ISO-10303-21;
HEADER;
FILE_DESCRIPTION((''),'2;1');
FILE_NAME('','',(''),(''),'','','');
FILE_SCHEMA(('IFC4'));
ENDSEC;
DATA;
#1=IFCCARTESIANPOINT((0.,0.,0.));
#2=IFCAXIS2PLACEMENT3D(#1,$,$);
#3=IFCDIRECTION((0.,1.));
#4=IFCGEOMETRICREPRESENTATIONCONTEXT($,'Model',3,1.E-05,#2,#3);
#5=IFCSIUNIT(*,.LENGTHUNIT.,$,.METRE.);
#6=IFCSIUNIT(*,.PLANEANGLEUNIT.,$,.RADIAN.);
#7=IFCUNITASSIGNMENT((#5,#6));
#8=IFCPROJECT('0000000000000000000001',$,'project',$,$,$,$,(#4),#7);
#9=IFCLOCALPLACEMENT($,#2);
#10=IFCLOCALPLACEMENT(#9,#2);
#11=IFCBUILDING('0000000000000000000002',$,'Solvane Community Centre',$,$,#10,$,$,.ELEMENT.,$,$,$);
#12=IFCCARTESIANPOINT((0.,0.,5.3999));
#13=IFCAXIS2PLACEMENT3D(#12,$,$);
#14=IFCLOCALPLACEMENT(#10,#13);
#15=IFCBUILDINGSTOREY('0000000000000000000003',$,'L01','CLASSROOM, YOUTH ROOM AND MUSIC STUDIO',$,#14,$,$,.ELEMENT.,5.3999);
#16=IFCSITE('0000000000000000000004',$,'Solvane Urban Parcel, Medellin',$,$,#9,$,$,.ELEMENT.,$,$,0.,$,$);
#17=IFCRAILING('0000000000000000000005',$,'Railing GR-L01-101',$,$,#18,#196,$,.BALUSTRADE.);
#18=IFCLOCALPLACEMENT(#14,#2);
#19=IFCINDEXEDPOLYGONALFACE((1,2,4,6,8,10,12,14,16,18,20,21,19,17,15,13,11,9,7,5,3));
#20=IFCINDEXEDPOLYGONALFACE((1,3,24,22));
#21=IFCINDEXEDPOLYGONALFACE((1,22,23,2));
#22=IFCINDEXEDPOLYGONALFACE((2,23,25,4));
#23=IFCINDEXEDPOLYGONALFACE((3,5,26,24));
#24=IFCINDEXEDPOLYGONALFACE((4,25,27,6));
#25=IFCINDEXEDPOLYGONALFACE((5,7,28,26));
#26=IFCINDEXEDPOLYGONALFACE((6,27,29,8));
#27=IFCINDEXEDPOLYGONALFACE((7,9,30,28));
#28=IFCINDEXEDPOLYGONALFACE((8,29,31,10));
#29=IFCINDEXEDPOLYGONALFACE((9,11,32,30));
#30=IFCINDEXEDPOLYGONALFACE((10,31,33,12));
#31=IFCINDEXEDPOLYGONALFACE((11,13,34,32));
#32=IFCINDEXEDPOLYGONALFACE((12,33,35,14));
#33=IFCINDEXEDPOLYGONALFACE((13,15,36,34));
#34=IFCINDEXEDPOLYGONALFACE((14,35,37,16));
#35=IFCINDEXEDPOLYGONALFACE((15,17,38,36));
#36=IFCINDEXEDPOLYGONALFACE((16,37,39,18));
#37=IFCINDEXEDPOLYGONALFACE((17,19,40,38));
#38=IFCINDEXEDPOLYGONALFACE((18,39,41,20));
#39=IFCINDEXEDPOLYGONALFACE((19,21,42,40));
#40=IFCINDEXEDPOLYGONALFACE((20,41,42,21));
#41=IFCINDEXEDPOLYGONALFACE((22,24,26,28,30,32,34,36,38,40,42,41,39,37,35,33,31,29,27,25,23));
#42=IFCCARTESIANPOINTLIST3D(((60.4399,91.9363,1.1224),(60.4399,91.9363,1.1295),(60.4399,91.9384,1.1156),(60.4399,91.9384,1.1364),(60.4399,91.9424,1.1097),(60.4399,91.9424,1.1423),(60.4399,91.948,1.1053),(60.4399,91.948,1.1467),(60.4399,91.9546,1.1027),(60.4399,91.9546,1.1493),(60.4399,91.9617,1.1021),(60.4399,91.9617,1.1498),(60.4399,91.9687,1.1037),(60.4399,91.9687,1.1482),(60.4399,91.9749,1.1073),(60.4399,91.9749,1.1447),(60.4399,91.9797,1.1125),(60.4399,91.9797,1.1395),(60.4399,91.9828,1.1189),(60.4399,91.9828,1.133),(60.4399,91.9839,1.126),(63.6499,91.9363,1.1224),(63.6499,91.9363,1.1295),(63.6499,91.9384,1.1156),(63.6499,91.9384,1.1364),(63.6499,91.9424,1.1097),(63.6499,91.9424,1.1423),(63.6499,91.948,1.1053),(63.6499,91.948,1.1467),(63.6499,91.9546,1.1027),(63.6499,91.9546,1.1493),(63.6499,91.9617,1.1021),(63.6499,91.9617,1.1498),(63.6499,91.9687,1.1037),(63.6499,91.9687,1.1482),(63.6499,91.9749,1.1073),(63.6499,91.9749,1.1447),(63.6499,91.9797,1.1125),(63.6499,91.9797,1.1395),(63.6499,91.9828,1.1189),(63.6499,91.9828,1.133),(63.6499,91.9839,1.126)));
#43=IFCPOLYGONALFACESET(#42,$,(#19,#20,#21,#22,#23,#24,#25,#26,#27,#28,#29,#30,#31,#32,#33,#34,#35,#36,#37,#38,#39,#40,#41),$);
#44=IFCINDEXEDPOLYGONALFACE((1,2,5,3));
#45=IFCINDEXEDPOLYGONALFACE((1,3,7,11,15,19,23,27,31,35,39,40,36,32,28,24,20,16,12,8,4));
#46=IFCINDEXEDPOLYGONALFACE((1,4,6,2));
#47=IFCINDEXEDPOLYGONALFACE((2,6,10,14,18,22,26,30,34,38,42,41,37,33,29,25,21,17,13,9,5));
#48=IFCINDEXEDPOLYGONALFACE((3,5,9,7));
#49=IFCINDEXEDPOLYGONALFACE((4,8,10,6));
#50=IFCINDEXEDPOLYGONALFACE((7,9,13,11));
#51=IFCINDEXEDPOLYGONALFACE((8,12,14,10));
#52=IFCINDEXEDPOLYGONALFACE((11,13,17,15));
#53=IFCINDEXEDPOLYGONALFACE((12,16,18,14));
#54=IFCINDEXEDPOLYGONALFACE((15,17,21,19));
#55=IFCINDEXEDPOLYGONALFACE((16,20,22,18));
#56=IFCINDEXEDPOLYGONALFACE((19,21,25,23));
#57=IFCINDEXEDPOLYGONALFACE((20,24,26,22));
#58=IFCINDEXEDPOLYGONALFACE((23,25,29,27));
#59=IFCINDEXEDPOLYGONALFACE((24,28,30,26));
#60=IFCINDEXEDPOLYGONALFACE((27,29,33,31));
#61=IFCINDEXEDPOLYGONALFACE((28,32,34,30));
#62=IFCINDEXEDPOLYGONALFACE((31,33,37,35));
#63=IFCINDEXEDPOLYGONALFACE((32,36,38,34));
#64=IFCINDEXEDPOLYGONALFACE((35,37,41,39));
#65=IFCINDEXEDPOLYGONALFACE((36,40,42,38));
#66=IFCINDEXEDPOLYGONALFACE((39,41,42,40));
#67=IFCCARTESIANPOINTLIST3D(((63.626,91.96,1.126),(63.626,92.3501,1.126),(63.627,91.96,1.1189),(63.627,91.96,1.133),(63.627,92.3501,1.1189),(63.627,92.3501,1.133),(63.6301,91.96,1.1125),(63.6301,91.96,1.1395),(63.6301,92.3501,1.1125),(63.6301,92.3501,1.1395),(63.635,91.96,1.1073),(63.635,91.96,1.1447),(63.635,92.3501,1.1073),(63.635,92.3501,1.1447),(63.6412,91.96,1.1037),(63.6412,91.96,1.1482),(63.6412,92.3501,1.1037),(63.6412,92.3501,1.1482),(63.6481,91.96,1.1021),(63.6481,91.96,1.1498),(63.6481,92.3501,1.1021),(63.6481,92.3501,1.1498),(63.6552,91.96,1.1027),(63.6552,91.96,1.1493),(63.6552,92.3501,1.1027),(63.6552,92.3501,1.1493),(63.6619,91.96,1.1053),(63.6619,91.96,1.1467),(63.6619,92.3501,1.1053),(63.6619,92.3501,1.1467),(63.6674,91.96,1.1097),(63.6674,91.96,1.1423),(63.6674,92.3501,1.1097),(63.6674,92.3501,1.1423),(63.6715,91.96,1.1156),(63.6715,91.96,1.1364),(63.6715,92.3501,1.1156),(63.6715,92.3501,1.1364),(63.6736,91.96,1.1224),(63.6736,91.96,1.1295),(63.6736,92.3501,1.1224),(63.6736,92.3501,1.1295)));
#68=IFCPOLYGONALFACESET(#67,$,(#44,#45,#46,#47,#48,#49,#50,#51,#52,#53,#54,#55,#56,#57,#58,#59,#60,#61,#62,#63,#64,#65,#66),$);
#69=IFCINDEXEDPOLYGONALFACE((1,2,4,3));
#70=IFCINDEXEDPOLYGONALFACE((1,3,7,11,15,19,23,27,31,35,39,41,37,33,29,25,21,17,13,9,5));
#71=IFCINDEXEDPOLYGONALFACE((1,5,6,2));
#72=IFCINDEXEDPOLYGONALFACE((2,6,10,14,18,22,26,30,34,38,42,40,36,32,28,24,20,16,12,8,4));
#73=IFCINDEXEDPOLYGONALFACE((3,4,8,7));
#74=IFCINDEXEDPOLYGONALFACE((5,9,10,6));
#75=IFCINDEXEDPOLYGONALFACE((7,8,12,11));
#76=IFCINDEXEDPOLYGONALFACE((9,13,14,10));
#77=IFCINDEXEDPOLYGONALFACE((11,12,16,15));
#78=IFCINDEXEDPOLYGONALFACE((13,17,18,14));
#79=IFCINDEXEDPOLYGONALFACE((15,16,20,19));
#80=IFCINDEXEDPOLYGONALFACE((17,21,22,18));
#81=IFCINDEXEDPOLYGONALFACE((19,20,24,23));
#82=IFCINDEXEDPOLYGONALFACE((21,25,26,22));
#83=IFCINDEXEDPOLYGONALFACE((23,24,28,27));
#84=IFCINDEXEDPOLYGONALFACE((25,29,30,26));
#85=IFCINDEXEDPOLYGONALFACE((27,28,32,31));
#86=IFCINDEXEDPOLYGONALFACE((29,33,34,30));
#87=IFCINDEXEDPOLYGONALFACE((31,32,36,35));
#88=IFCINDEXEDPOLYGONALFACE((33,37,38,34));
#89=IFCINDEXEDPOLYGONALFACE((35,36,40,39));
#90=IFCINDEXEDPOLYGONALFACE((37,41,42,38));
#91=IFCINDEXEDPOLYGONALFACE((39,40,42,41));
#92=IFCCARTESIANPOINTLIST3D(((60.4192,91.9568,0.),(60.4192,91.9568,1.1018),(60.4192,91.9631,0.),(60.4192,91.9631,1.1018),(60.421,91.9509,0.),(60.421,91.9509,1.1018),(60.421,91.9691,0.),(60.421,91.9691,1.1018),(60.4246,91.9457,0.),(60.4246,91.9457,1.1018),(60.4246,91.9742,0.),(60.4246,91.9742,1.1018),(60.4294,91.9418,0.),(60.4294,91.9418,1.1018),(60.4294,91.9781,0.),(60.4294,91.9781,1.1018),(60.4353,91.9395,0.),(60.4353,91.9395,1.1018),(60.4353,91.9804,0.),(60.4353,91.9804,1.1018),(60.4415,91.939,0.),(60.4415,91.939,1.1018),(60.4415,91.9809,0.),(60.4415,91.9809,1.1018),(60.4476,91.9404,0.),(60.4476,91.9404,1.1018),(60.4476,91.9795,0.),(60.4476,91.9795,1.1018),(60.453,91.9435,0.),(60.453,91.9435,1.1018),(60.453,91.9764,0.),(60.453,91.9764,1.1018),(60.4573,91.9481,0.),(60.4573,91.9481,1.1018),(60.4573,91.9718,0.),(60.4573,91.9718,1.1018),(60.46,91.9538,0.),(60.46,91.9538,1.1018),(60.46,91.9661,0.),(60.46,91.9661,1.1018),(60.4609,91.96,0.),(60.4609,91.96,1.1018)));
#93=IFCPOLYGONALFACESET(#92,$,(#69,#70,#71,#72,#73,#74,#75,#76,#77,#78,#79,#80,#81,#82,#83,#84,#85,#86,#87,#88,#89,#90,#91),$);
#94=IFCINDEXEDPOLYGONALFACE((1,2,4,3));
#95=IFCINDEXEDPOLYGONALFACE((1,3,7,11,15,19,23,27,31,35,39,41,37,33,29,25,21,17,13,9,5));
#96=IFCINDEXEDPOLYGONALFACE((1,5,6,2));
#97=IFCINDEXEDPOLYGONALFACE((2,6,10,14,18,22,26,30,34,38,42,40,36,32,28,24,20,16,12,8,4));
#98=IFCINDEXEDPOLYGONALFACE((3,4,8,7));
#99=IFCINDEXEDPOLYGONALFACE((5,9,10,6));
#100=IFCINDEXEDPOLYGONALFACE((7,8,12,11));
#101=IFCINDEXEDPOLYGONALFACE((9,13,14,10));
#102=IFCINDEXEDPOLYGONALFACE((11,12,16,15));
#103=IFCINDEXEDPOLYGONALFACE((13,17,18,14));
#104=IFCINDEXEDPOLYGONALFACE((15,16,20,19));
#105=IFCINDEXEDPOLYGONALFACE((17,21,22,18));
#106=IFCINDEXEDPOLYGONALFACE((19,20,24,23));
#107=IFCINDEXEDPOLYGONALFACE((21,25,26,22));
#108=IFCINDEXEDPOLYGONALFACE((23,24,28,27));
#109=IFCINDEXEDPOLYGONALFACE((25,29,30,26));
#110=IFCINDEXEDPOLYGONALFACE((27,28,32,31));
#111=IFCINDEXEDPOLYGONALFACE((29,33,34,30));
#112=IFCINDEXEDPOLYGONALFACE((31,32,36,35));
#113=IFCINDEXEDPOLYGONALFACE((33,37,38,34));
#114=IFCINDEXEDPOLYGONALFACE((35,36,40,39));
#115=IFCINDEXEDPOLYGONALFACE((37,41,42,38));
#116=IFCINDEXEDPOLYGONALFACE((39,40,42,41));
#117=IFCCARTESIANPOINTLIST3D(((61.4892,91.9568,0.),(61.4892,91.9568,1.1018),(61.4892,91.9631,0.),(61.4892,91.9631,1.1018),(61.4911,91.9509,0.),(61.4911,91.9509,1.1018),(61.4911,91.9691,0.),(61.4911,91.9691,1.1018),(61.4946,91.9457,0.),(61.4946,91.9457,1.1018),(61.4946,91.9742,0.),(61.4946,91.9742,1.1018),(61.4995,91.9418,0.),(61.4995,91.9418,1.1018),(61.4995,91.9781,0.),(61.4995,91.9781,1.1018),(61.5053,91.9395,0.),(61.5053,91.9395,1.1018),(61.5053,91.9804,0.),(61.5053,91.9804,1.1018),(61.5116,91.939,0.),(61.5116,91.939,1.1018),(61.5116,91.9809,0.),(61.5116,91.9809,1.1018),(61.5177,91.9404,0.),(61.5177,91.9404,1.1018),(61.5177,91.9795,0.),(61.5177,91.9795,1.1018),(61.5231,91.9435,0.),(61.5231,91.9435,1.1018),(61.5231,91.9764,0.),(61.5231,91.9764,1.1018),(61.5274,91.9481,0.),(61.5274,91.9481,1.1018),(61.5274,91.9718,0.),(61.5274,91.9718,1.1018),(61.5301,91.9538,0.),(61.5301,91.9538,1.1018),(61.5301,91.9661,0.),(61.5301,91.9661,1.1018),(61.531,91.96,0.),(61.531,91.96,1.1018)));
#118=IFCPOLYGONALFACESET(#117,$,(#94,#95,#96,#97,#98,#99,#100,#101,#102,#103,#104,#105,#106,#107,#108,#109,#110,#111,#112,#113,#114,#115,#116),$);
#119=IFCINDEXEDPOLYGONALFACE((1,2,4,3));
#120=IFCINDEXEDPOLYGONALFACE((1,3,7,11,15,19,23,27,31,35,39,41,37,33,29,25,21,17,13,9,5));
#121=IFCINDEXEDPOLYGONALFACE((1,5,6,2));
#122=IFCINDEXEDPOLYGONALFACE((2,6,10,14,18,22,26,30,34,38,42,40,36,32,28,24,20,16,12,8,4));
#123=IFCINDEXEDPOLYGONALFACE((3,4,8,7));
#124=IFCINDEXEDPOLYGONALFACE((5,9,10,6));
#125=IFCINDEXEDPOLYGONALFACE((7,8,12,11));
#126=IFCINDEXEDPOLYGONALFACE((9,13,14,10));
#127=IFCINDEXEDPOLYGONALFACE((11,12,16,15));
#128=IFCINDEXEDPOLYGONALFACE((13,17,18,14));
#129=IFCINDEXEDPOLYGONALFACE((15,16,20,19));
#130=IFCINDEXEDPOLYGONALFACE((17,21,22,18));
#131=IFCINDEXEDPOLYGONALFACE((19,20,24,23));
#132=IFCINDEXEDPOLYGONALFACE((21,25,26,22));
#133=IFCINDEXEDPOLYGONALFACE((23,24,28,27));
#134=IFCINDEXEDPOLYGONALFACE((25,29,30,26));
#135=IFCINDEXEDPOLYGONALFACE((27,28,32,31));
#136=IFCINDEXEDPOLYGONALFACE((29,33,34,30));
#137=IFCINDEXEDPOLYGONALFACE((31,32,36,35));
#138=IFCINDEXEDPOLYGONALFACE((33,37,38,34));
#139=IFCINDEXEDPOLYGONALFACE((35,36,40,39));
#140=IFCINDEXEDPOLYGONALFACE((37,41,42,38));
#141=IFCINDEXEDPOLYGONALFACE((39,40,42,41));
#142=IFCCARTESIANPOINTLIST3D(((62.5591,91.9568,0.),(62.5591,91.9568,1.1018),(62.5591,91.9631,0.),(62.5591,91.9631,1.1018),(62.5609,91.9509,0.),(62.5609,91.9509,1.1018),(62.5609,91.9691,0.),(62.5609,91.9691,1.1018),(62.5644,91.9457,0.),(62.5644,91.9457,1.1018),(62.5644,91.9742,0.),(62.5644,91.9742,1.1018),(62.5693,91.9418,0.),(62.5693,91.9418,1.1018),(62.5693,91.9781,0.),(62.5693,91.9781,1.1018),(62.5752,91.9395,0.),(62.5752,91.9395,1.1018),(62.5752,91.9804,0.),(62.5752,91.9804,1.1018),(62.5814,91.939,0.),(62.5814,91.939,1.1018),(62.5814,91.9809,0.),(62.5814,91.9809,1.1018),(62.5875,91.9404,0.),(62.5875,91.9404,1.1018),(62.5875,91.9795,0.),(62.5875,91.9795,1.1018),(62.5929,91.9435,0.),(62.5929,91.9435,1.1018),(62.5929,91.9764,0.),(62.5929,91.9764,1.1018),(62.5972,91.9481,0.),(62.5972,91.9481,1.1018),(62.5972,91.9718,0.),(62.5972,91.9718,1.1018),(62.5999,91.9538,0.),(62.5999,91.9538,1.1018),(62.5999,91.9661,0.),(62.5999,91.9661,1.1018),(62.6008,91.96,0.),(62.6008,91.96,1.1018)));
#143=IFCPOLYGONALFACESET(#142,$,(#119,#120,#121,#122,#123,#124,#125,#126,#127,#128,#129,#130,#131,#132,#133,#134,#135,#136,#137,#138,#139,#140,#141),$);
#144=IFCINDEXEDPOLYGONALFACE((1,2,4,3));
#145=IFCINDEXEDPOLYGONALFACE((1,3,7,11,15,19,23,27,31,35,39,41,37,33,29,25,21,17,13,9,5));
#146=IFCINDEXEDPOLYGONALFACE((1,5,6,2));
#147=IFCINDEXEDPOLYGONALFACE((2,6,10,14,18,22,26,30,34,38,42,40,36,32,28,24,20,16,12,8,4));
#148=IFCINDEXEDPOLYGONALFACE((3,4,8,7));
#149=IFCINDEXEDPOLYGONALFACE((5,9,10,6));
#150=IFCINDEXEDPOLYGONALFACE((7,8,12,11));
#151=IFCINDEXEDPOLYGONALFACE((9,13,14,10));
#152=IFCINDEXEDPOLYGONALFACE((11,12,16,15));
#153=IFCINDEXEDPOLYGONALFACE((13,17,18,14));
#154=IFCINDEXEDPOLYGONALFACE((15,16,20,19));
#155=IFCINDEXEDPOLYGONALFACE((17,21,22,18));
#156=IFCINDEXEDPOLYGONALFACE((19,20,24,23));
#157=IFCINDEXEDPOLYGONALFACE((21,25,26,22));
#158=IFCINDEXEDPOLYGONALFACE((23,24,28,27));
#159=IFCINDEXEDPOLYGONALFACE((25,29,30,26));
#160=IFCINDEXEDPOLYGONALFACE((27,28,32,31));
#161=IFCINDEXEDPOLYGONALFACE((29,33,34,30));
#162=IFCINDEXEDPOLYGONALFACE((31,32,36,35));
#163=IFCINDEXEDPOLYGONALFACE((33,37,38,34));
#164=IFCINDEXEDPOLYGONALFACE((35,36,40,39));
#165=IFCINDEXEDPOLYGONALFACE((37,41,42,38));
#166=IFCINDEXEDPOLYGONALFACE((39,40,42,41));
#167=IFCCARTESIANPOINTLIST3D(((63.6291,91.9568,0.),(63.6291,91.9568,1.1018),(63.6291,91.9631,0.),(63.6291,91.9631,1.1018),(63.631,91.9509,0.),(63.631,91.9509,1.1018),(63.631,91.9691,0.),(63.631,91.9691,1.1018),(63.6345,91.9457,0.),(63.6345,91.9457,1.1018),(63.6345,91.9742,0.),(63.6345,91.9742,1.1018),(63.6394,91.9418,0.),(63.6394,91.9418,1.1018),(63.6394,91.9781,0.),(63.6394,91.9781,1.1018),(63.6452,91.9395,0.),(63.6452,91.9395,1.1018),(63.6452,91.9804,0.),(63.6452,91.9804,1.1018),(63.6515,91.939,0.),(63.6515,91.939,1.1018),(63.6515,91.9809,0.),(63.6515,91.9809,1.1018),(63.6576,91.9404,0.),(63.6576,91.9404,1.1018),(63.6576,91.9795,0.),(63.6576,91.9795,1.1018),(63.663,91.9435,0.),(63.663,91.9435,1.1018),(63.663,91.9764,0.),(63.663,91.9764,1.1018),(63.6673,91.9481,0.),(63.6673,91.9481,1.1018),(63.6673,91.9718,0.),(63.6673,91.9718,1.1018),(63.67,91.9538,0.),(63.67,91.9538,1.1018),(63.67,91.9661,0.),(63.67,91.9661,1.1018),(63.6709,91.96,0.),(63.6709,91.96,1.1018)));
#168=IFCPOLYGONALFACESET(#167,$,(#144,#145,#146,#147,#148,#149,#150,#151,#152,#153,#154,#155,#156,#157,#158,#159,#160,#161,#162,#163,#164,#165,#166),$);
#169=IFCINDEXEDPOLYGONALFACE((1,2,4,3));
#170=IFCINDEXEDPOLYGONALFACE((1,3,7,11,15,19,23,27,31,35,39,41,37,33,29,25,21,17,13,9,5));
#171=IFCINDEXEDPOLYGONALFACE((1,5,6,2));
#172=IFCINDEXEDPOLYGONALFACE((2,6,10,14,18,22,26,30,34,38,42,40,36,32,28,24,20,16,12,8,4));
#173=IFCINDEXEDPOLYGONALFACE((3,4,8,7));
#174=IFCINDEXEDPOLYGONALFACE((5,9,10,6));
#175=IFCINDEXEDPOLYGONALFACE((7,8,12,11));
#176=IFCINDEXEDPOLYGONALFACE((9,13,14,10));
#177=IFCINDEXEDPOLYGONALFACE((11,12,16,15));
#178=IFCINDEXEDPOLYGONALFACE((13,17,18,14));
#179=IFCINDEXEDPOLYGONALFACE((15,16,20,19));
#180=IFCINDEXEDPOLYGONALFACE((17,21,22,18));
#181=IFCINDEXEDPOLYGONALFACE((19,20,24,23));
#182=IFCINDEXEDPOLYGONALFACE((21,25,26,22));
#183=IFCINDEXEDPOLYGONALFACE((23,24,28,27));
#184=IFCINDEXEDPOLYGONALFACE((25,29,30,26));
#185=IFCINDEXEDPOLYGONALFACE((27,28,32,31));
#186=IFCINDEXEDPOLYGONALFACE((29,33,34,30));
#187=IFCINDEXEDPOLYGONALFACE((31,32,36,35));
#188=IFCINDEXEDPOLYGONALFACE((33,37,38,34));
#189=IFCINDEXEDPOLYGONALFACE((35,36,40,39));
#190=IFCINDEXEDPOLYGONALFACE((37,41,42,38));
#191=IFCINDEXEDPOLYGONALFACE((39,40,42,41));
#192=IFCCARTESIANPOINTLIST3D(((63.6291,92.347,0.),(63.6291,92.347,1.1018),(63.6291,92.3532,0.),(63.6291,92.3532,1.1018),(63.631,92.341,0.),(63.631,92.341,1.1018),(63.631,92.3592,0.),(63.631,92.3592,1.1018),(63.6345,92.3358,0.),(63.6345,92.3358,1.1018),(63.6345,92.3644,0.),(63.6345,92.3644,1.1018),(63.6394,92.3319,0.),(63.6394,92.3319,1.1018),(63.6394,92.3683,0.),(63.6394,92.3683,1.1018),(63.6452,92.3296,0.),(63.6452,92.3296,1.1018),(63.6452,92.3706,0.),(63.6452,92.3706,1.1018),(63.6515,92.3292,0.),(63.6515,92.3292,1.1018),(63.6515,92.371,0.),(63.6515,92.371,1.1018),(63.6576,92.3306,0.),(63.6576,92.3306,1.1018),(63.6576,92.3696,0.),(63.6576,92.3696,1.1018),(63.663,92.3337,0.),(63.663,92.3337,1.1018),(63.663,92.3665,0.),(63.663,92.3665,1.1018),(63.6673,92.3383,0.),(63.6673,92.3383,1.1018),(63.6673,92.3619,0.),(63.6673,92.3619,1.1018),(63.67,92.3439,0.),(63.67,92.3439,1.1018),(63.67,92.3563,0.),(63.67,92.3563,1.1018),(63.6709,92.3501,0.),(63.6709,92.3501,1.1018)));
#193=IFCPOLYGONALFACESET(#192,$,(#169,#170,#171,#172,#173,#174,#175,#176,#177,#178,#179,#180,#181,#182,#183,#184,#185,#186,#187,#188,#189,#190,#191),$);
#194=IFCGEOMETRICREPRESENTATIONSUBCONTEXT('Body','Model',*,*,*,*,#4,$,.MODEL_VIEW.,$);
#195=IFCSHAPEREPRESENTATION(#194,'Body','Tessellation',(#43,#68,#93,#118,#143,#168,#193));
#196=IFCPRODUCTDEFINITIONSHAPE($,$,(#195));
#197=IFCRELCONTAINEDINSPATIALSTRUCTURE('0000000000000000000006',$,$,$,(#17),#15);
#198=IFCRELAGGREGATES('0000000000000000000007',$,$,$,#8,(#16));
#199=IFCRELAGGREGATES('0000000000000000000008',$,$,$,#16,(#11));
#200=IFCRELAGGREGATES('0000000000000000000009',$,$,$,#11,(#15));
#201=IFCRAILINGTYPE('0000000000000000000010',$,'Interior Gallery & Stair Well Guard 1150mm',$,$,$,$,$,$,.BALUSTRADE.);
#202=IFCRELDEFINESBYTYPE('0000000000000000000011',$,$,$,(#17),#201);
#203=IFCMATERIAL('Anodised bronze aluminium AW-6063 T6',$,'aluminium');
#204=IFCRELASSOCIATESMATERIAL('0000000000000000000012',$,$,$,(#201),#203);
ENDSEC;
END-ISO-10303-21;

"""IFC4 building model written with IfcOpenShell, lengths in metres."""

from ifc_helpers import new_model, si_unit, direction, frame, origin, origin_2d, place, context, subcontext, project, spatial, circle, extrude, material, type_object, element, save


model = new_model("IFC4")

# Units and contexts
model_context = context("Model", 3, precision=1e-05, world=origin(), true_north=direction((0.0, 1.0)))
body_context = subcontext(model_context, "Body", "Model", "MODEL_VIEW")
ifc_project = project(units=[si_unit("LENGTHUNIT", "METRE"), si_unit("PLANEANGLEUNIT", "RADIAN")], contexts=[model_context])

# Site, building, storey
site_placement = place(None, origin())
site = spatial("IfcSite", under=ifc_project, at=site_placement, Name="Solvane Urban Parcel, Medellin", CompositionType="ELEMENT", RefElevation=0.0)
building_placement = place(site_placement, origin())
building = spatial("IfcBuilding", under=site, at=building_placement, Name="Solvane Community Centre", CompositionType="ELEMENT")
storey_placement = place(building_placement, frame((0.0, 0.0, 5.3999)))
storey = spatial("IfcBuildingStorey", under=building, at=storey_placement, Name="L01", Description="CLASSROOM, YOUTH ROOM AND MUSIC STUDIO", CompositionType="ELEMENT", Elevation=5.3999)

# Shared definitions
ifc_material_1 = material(Name="Anodised bronze aluminium AW-6063 T6", Category="aluminium")

# Railing
railing_type_1 = type_object("IfcRailingType", Name="Interior Gallery & Stair Well Guard 1150mm", PredefinedType="BALUSTRADE", material=ifc_material_1)
railing_1_placement = place(storey_placement, frame((60.4399, 91.96, 0.0)))
element("IfcRailing", 1, at=railing_1_placement, inside=storey, type_object=railing_type_1, Name="Railing GR-L01-101", PredefinedType="BALUSTRADE", context=body_context, shape_type="SweptSolid", body=[
    extrude(circle(Radius=0.0239, at=origin_2d()), frame((0.0, 0.0, 1.126), z_axis=(1.0, 0.0, 0.0), x_axis=(0.0, 1.0, 0.0)), (0.0, 0.0, 1.0), 3.21),
    extrude(circle(Radius=0.0239, at=origin_2d()), frame((3.21, 0.0, 1.126), z_axis=(0.0, 1.0, 0.0), x_axis=(-1.0, 0.0, 0.0)), (0.0, 0.0, 1.0), 0.3901),
    extrude(circle(Radius=0.021, at=origin_2d()), origin(), (0.0, 0.0, 1.0), 1.1018),
    extrude(circle(Radius=0.021, at=origin_2d()), frame((1.0701, 0.0, 0.0)), (0.0, 0.0, 1.0), 1.1018),
    extrude(circle(Radius=0.021, at=origin_2d()), frame((2.1399, 0.0, 0.0)), (0.0, 0.0, 1.0), 1.1018),
    extrude(circle(Radius=0.021, at=origin_2d()), frame((3.21, 0.0, 0.0)), (0.0, 0.0, 1.0), 1.1018),
    extrude(circle(Radius=0.021, at=origin_2d()), frame((3.21, 0.3901, 0.0)), (0.0, 0.0, 1.0), 1.1018),
])

save(model, "model.ifc")
